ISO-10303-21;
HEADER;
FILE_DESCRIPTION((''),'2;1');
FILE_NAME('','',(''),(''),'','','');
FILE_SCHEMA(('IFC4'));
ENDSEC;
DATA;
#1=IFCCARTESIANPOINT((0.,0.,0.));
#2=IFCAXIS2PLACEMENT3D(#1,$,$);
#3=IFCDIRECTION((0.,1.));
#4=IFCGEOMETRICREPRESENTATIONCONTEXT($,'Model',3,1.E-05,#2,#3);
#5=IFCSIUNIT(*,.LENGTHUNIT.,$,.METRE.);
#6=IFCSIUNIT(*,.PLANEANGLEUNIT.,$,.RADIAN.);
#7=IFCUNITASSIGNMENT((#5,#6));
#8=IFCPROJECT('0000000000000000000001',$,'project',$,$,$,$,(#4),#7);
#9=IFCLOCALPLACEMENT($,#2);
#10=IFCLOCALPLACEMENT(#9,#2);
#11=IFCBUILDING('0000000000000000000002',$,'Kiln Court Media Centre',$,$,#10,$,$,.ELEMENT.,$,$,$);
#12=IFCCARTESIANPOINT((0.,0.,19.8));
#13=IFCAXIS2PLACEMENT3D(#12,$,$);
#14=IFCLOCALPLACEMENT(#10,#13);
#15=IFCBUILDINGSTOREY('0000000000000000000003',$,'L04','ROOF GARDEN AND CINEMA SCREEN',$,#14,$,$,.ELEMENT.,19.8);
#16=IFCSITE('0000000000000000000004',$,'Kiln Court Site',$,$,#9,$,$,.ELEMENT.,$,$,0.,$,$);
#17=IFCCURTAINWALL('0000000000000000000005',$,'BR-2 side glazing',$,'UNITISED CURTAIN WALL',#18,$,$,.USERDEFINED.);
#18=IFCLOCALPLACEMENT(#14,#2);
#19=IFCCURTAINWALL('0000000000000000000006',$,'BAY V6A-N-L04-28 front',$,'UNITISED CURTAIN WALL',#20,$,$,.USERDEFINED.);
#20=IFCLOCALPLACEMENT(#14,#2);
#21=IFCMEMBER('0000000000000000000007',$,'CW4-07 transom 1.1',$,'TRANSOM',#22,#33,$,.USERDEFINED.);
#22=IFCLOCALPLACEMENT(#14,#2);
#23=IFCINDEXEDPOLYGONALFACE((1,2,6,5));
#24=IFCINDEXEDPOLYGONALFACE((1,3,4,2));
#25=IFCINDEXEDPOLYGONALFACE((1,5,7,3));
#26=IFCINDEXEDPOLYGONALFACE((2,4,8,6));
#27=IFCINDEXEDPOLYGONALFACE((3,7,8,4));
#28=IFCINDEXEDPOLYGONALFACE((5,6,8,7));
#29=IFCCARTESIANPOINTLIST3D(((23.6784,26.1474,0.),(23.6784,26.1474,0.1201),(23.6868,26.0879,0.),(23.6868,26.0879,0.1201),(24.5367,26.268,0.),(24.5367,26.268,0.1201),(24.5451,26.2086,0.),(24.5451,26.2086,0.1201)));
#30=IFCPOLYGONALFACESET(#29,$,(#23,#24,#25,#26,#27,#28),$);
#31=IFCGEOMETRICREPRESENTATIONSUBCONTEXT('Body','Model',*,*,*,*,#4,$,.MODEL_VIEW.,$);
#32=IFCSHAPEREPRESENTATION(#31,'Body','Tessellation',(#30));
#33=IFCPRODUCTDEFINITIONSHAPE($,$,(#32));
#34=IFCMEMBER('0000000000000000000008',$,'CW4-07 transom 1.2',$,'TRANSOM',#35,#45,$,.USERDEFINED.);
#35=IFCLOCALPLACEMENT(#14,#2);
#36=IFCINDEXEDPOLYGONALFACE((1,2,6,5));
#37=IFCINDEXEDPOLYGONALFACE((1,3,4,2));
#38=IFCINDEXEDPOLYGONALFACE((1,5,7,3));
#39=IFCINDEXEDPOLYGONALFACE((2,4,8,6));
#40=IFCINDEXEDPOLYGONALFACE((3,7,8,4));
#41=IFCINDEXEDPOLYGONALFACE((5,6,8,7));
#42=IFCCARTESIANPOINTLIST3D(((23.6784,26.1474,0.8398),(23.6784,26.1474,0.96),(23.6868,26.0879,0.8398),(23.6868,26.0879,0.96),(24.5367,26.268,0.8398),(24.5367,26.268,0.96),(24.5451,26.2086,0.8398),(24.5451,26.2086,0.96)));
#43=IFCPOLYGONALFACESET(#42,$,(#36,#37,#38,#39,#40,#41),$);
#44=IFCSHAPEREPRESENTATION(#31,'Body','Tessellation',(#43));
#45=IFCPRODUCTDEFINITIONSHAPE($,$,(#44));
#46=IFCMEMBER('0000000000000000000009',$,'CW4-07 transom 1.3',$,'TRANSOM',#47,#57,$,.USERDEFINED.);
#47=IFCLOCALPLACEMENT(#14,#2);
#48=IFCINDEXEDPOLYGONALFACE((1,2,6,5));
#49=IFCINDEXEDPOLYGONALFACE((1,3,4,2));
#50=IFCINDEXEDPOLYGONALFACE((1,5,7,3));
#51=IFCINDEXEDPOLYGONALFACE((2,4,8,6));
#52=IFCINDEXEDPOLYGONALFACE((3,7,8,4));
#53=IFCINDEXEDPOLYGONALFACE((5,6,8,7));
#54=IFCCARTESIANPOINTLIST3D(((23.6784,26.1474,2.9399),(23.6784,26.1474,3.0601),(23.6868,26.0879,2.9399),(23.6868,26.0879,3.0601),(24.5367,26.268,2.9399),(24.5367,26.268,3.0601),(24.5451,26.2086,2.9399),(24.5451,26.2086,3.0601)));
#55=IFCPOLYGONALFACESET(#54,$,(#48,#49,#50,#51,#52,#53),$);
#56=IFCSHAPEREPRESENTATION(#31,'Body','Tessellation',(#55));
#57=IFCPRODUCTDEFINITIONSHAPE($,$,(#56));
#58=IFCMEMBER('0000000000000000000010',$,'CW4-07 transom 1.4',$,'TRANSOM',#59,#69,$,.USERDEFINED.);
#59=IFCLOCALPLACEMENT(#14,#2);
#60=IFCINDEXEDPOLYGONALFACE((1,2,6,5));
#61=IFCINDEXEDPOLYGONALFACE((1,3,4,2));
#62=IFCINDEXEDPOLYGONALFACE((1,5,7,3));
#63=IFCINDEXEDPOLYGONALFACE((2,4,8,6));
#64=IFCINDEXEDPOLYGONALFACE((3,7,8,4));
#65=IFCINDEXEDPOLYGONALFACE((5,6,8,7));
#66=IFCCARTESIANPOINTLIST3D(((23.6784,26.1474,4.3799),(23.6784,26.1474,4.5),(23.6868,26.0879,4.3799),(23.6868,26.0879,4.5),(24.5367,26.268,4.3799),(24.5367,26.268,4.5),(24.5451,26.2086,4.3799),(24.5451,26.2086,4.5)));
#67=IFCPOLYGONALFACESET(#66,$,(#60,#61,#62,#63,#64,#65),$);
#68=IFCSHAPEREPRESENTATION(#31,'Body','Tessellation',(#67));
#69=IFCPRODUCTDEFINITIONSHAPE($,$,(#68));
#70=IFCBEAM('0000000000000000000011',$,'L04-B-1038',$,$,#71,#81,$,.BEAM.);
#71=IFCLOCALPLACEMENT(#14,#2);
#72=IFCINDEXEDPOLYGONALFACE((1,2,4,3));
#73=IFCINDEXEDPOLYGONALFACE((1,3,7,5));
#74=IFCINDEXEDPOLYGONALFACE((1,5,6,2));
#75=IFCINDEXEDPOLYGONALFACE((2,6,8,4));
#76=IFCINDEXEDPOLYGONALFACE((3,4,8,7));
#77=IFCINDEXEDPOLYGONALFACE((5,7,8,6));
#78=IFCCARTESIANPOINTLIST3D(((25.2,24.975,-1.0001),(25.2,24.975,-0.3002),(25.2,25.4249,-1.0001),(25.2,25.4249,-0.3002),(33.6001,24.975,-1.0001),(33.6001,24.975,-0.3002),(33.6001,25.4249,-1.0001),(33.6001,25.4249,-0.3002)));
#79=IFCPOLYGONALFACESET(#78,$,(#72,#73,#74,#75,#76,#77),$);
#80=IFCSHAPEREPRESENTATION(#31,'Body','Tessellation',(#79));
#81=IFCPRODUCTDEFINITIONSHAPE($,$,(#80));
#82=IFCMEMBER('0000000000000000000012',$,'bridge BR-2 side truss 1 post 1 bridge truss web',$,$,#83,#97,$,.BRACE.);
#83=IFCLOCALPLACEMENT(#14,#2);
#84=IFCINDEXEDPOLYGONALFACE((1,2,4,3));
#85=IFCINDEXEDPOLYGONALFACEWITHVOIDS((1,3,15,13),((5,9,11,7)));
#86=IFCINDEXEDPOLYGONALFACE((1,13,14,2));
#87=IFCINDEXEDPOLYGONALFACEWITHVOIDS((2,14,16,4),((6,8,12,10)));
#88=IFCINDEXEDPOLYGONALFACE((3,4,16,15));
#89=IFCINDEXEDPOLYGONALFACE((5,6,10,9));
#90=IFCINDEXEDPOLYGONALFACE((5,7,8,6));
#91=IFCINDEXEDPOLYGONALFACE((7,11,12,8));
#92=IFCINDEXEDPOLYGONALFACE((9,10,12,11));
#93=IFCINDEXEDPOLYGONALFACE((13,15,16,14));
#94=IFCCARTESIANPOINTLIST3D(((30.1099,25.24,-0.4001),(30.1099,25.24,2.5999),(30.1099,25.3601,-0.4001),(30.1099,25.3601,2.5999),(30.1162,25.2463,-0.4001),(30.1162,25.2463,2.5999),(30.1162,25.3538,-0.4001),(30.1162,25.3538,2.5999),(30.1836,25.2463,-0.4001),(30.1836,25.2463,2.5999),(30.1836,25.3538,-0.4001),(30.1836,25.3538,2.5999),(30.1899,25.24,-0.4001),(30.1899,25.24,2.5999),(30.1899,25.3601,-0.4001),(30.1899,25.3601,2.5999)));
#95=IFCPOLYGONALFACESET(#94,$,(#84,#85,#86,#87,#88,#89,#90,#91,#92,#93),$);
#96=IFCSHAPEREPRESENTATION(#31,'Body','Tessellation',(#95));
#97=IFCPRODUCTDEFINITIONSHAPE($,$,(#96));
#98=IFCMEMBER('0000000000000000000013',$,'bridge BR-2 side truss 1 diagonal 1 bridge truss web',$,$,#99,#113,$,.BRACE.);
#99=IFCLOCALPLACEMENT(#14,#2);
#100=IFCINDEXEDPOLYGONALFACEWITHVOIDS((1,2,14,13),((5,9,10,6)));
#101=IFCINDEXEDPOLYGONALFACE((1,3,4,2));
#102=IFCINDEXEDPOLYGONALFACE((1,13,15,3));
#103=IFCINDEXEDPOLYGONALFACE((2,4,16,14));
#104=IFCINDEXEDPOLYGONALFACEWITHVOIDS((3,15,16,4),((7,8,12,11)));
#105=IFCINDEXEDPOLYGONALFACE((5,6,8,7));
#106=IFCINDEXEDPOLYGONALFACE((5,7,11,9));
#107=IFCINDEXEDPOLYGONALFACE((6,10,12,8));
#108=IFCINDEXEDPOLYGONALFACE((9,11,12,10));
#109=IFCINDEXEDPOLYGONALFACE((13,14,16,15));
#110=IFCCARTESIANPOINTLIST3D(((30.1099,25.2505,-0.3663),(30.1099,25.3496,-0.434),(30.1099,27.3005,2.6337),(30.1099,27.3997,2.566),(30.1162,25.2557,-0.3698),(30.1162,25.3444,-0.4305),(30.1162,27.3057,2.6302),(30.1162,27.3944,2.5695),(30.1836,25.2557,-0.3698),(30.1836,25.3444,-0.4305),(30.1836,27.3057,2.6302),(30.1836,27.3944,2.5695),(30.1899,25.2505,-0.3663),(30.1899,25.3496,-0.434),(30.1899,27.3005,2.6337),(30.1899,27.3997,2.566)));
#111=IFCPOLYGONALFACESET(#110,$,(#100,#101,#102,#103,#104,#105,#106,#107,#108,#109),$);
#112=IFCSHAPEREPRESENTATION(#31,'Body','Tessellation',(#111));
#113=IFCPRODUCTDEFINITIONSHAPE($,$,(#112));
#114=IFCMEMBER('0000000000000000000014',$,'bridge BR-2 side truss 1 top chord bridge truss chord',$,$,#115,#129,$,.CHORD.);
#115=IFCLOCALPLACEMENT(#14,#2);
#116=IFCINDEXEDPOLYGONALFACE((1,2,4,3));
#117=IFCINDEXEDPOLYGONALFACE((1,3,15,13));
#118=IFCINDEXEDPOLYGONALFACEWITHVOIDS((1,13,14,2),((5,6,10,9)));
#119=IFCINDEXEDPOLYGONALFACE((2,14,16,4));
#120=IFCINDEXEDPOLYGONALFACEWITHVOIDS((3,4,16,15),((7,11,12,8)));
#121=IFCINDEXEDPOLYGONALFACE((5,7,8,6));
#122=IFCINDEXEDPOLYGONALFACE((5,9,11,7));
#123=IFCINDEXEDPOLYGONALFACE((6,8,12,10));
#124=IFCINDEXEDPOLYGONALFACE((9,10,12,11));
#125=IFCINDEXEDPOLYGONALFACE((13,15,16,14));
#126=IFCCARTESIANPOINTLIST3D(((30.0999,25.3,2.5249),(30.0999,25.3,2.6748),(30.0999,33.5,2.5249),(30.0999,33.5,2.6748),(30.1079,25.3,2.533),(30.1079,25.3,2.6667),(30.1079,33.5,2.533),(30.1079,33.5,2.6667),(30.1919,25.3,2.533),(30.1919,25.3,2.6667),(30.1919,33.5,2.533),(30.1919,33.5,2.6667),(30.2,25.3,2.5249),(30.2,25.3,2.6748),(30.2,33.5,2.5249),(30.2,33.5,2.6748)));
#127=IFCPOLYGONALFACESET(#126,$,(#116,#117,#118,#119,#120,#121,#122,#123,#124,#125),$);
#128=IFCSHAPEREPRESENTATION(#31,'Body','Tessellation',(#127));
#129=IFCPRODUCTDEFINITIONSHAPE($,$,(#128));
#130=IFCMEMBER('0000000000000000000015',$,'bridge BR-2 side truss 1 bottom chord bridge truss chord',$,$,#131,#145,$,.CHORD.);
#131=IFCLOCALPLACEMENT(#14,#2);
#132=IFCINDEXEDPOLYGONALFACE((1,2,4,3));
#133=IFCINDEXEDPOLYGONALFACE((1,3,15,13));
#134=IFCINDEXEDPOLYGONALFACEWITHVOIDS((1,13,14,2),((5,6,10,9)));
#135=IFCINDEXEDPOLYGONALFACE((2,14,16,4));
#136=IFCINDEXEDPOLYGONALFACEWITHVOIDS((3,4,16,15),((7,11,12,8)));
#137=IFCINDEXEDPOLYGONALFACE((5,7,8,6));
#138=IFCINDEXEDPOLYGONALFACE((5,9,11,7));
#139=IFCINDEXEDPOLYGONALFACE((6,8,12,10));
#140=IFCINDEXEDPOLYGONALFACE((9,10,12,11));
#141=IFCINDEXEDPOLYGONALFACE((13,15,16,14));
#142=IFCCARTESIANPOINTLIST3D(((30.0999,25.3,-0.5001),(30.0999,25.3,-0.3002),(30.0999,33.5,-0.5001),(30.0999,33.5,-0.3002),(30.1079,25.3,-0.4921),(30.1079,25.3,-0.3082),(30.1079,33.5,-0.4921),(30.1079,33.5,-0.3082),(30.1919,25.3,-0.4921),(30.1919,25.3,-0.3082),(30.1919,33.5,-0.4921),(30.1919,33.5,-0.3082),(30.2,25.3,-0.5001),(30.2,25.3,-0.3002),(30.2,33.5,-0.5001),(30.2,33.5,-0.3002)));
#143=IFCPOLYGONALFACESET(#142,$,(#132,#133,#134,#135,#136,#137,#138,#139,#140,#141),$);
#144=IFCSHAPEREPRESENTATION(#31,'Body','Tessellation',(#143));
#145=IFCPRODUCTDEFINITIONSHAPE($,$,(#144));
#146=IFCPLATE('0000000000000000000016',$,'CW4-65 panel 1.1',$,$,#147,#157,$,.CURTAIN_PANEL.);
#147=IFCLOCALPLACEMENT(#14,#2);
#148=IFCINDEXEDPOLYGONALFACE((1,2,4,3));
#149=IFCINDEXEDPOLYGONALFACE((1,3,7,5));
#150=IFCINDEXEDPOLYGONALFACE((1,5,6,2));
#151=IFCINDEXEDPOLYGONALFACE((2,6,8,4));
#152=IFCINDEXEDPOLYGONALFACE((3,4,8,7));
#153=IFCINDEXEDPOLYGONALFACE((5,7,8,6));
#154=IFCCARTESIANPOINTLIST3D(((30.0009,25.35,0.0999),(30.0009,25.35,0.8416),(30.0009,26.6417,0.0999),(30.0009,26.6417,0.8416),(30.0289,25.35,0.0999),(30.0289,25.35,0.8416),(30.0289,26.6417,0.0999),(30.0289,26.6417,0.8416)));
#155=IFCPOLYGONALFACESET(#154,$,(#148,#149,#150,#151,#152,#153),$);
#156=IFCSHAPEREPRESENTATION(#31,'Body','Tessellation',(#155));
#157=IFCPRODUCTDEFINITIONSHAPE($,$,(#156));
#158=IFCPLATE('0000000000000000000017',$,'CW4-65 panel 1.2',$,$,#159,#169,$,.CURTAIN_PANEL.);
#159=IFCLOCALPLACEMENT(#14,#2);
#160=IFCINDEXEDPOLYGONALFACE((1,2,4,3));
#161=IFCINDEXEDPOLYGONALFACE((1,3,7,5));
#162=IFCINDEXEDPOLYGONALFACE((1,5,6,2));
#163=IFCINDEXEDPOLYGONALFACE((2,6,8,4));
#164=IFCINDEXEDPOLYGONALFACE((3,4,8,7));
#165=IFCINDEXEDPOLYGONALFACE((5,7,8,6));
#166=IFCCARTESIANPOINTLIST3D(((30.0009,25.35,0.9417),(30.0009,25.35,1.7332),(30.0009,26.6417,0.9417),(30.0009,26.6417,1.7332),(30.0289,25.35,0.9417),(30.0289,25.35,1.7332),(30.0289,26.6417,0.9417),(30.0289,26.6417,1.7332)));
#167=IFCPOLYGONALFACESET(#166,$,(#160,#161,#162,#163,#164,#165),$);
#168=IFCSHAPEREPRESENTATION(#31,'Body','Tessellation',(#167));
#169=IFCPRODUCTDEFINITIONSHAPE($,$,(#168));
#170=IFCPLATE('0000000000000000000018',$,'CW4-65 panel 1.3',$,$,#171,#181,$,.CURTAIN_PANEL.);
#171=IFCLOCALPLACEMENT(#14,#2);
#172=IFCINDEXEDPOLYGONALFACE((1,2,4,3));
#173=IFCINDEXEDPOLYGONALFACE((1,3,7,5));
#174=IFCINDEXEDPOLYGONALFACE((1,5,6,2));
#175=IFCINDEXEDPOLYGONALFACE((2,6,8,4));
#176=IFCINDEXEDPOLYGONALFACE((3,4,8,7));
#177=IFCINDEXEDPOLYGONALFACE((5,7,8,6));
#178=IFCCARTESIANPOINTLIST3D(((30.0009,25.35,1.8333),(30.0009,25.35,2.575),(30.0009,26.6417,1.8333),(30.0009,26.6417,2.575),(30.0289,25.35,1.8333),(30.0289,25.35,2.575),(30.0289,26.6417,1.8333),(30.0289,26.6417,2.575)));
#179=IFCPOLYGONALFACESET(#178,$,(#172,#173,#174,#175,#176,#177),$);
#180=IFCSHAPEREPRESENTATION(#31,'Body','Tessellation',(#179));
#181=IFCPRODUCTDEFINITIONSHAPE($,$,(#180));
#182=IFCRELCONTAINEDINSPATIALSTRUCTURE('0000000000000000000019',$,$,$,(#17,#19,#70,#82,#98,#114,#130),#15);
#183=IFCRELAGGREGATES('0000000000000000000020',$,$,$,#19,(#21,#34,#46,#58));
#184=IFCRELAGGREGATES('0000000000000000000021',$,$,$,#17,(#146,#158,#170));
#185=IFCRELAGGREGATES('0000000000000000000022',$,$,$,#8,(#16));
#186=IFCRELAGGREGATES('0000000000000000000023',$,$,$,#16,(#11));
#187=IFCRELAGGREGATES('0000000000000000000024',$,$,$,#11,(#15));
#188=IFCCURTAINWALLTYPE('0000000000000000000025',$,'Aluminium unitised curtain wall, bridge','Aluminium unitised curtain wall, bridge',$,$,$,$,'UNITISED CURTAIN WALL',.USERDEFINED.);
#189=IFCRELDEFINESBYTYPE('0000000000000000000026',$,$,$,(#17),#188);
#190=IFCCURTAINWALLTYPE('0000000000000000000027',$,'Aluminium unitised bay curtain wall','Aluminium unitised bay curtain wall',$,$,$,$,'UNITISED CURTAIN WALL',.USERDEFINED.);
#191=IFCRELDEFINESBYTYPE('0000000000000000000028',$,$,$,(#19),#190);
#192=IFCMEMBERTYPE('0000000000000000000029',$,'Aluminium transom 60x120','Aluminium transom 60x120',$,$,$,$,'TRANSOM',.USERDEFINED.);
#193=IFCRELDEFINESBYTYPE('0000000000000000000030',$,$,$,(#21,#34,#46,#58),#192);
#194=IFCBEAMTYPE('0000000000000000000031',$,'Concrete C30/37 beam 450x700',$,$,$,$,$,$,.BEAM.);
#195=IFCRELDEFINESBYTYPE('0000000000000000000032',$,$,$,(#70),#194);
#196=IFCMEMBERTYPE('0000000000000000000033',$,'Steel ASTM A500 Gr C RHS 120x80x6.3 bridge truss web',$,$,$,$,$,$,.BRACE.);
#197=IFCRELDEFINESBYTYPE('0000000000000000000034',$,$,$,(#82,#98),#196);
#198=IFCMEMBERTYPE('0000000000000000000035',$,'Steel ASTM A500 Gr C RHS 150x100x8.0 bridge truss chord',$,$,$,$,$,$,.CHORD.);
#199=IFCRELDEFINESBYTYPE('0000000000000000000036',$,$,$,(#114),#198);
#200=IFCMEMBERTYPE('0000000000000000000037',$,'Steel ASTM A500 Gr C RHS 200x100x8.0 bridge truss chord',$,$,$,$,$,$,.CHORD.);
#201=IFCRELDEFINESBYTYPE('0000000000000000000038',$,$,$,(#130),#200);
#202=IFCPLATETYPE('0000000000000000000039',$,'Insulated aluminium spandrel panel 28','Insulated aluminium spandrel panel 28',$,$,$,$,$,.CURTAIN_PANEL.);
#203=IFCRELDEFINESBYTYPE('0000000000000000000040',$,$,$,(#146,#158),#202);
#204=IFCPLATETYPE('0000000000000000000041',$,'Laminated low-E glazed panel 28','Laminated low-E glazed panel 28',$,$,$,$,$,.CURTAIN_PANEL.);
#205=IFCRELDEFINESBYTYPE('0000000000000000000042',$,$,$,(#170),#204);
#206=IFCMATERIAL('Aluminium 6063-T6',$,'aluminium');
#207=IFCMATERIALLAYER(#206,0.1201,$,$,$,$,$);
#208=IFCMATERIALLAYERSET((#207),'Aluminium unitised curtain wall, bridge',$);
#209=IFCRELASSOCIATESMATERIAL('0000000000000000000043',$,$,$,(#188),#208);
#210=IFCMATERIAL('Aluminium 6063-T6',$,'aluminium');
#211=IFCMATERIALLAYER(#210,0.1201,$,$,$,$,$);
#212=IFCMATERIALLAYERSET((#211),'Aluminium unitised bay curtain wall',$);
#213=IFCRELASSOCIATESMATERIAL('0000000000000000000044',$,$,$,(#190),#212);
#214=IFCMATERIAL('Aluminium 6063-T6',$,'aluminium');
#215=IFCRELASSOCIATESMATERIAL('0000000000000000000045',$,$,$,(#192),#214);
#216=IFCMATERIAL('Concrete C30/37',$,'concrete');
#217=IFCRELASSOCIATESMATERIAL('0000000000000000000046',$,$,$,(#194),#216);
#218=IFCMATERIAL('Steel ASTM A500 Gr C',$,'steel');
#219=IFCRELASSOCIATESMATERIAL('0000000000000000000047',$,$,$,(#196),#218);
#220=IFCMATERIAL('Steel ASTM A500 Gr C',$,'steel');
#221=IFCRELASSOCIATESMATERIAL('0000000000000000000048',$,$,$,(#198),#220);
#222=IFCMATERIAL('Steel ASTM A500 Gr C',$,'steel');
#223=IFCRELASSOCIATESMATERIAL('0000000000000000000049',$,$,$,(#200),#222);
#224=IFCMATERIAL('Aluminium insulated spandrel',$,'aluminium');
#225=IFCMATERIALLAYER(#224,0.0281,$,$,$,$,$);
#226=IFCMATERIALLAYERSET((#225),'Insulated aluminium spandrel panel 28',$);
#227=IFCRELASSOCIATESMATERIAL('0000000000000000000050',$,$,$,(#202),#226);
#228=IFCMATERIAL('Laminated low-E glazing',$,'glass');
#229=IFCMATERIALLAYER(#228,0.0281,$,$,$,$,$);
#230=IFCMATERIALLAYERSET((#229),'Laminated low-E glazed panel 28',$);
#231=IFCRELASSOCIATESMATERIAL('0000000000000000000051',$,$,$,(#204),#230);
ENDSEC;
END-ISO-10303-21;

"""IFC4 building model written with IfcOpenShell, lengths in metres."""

from ifc_helpers import new_model, si_unit, direction, frame, origin, origin_2d, place, context, subcontext, project, spatial, rectangle, hollow_rectangle, extrude, material, layer, layer_set, material_profile, profile_set, type_object, element, aggregate, save


model = new_model("IFC4")

# Units and contexts
model_context = context("Model", 3, precision=1e-05, world=origin(), true_north=direction((0.0, 1.0)))
body_context = subcontext(model_context, "Body", "Model", "MODEL_VIEW")
ifc_project = project(units=[si_unit("LENGTHUNIT", "METRE"), si_unit("PLANEANGLEUNIT", "RADIAN")], contexts=[model_context])

# Site, building, storey
site_placement = place(None, origin())
site = spatial("IfcSite", under=ifc_project, at=site_placement, Name="Kiln Court Site", CompositionType="ELEMENT", RefElevation=0.0)
building_placement = place(site_placement, origin())
building = spatial("IfcBuilding", under=site, at=building_placement, Name="Kiln Court Media Centre", CompositionType="ELEMENT")
storey_placement = place(building_placement, frame((0.0, 0.0, 19.8)))
storey = spatial("IfcBuildingStorey", under=building, at=storey_placement, Name="L04", Description="ROOF GARDEN AND CINEMA SCREEN", CompositionType="ELEMENT", Elevation=19.8)

# Curtain wall
ifc_material_1 = material(Name="Aluminium 6063-T6", Category="aluminium")
ifc_layer_1 = layer(ifc_material_1, 0.1201)
ifc_layer_set_1 = layer_set([ifc_layer_1], Name="Aluminium unitised curtain wall, bridge")
curtain_wall_type_1 = type_object("IfcCurtainWallType", Name="Aluminium unitised curtain wall, bridge", Description="Aluminium unitised curtain wall, bridge", ElementType="UNITISED CURTAIN WALL", PredefinedType="USERDEFINED", material=ifc_layer_set_1)
curtain_wall_1_placement = place(storey_placement, origin())
curtain_wall_1 = element("IfcCurtainWall", 1, at=curtain_wall_1_placement, inside=storey, type_object=curtain_wall_type_1, Name="BR-2 side glazing", ObjectType="UNITISED CURTAIN WALL", PredefinedType="USERDEFINED")

# Curtain wall
ifc_material_2 = material(Name="Aluminium 6063-T6", Category="aluminium")
ifc_layer_2 = layer(ifc_material_2, 0.1201)
ifc_layer_set_2 = layer_set([ifc_layer_2], Name="Aluminium unitised bay curtain wall")
curtain_wall_type_2 = type_object("IfcCurtainWallType", Name="Aluminium unitised bay curtain wall", Description="Aluminium unitised bay curtain wall", ElementType="UNITISED CURTAIN WALL", PredefinedType="USERDEFINED", material=ifc_layer_set_2)
curtain_wall_2_placement = place(storey_placement, origin())
curtain_wall_2 = element("IfcCurtainWall", 2, at=curtain_wall_2_placement, inside=storey, type_object=curtain_wall_type_2, Name="BAY V6A-N-L04-28 front", ObjectType="UNITISED CURTAIN WALL", PredefinedType="USERDEFINED")

# Members
ifc_material_3 = material(Name="Aluminium 6063-T6", Category="aluminium")
ifc_material_profile_1 = material_profile(ifc_material_3, rectangle(XDim=0.0601, YDim=0.1201, at=origin_2d()), Name="Aluminium transom 60x120")
ifc_profile_set_1 = profile_set([ifc_material_profile_1], Name="Aluminium 6063-T6")
member_type_1 = type_object("IfcMemberType", Name="Aluminium transom 60x120", Description="Aluminium transom 60x120", ElementType="TRANSOM", PredefinedType="USERDEFINED", material=ifc_profile_set_1)
member_1_placement = place(storey_placement, frame((23.6826, 26.1177, 0.0601), z_axis=(0.990268, 0.139173, 0.0), x_axis=(-0.139173, 0.990268, 0.0)))
member_1 = element("IfcMember", 3, at=member_1_placement, type_object=member_type_1, Name="CW4-07 transom 1.1", ObjectType="TRANSOM", PredefinedType="USERDEFINED", context=body_context, shape_type="SweptSolid", body=[
    extrude(rectangle(XDim=0.0601, YDim=0.1201, at=origin_2d()), origin(), (0.0, 0.0, 1.0), 0.8667),
])
member_2_placement = place(storey_placement, frame((23.6826, 26.1177, 0.8999), z_axis=(0.990268, 0.139173, 0.0), x_axis=(-0.139173, 0.990268, 0.0)))
member_2 = element("IfcMember", 4, at=member_2_placement, type_object=member_type_1, Name="CW4-07 transom 1.2", ObjectType="TRANSOM", PredefinedType="USERDEFINED", context=body_context, shape_type="SweptSolid", body=[
    extrude(rectangle(XDim=0.0601, YDim=0.1201, at=origin_2d()), origin(), (0.0, 0.0, 1.0), 0.8667),
])
member_3_placement = place(storey_placement, frame((23.6826, 26.1177, 3.0), z_axis=(0.990268, 0.139173, 0.0), x_axis=(-0.139173, 0.990268, 0.0)))
member_3 = element("IfcMember", 5, at=member_3_placement, type_object=member_type_1, Name="CW4-07 transom 1.3", ObjectType="TRANSOM", PredefinedType="USERDEFINED", context=body_context, shape_type="SweptSolid", body=[
    extrude(rectangle(XDim=0.0601, YDim=0.1201, at=origin_2d()), origin(), (0.0, 0.0, 1.0), 0.8667),
])
member_4_placement = place(storey_placement, frame((23.6826, 26.1177, 4.4399), z_axis=(0.990268, 0.139173, 0.0), x_axis=(-0.139173, 0.990268, 0.0)))
member_4 = element("IfcMember", 6, at=member_4_placement, type_object=member_type_1, Name="CW4-07 transom 1.4", ObjectType="TRANSOM", PredefinedType="USERDEFINED", context=body_context, shape_type="SweptSolid", body=[
    extrude(rectangle(XDim=0.0601, YDim=0.1201, at=origin_2d()), origin(), (0.0, 0.0, 1.0), 0.8667),
])
aggregate(curtain_wall_2, [member_1, member_2, member_3, member_4])

# Beam
ifc_material_4 = material(Name="Concrete C30/37", Category="concrete")
ifc_material_profile_2 = material_profile(ifc_material_4, rectangle(XDim=0.45, YDim=0.7, at=origin_2d()), Name="RC 450x700")
ifc_profile_set_2 = profile_set([ifc_material_profile_2], Name="Concrete C30/37")
beam_type = type_object("IfcBeamType", Name="Concrete C30/37 beam 450x700", PredefinedType="BEAM", material=ifc_profile_set_2)
beam_placement = place(storey_placement, frame((25.2, 25.2, -0.6501), z_axis=(1.0, 0.0, 0.0), x_axis=(0.0, 1.0, 0.0)))
element("IfcBeam", 7, at=beam_placement, inside=storey, type_object=beam_type, Name="L04-B-1038", PredefinedType="BEAM", context=body_context, shape_type="SweptSolid", body=[
    extrude(rectangle(XDim=0.45, YDim=0.7, at=origin_2d()), origin(), (0.0, 0.0, 1.0), 8.4001),
])

# Members
ifc_material_5 = material(Name="Steel ASTM A500 Gr C", Category="steel")
ifc_material_profile_3 = material_profile(ifc_material_5, hollow_rectangle(XDim=0.0801, YDim=0.1201, WallThickness=0.0063, at=origin_2d()), Name="RHS 120x80x6.3")
ifc_profile_set_3 = profile_set([ifc_material_profile_3], Name="Steel ASTM A500 Gr C")
member_type_2 = type_object("IfcMemberType", Name="Steel ASTM A500 Gr C RHS 120x80x6.3 bridge truss web", PredefinedType="BRACE", material=ifc_profile_set_3)
member_5_placement = place(storey_placement, frame((30.1499, 25.3, -0.4001), z_axis=(0.0, 0.0, 1.0), x_axis=(1.0, 0.0, 0.0)))
element("IfcMember", 8, at=member_5_placement, inside=storey, type_object=member_type_2, Name="bridge BR-2 side truss 1 post 1 bridge truss web", PredefinedType="BRACE", context=body_context, shape_type="SweptSolid", body=[
    extrude(hollow_rectangle(XDim=0.0801, YDim=0.1201, WallThickness=0.0063, at=origin_2d()), origin(), (0.0, 0.0, 1.0), 3.0),
])
member_6_placement = place(storey_placement, frame((30.1499, 25.3, -0.4001), z_axis=(0.0, 0.5642, 0.825638), x_axis=(-1.0, 0.0, 0.0)))
element("IfcMember", 9, at=member_6_placement, inside=storey, type_object=member_type_2, Name="bridge BR-2 side truss 1 diagonal 1 bridge truss web", PredefinedType="BRACE", context=body_context, shape_type="SweptSolid", body=[
    extrude(hollow_rectangle(XDim=0.0801, YDim=0.1201, WallThickness=0.0063, at=origin_2d()), origin(), (0.0, 0.0, 1.0), 3.6335),
])
ifc_material_6 = material(Name="Steel ASTM A500 Gr C", Category="steel")
ifc_material_profile_4 = material_profile(ifc_material_6, hollow_rectangle(XDim=0.1001, YDim=0.1499, WallThickness=0.0081, at=origin_2d()), Name="RHS 150x100x8.0")
ifc_profile_set_4 = profile_set([ifc_material_profile_4], Name="Steel ASTM A500 Gr C")
member_type_3 = type_object("IfcMemberType", Name="Steel ASTM A500 Gr C RHS 150x100x8.0 bridge truss chord", PredefinedType="CHORD", material=ifc_profile_set_4)
member_7_placement = place(storey_placement, frame((30.1499, 25.3, 2.5999), z_axis=(0.0, 1.0, 0.0), x_axis=(-1.0, 0.0, 0.0)))
element("IfcMember", 10, at=member_7_placement, inside=storey, type_object=member_type_3, Name="bridge BR-2 side truss 1 top chord bridge truss chord", PredefinedType="CHORD", context=body_context, shape_type="SweptSolid", body=[
    extrude(hollow_rectangle(XDim=0.1001, YDim=0.1499, WallThickness=0.0081, at=origin_2d()), origin(), (0.0, 0.0, 1.0), 8.2),
])
ifc_material_7 = material(Name="Steel ASTM A500 Gr C", Category="steel")
ifc_material_profile_5 = material_profile(ifc_material_7, hollow_rectangle(XDim=0.1001, YDim=0.2, WallThickness=0.0081, at=origin_2d()), Name="RHS 200x100x8.0")
ifc_profile_set_5 = profile_set([ifc_material_profile_5], Name="Steel ASTM A500 Gr C")
member_type_4 = type_object("IfcMemberType", Name="Steel ASTM A500 Gr C RHS 200x100x8.0 bridge truss chord", PredefinedType="CHORD", material=ifc_profile_set_5)
member_8_placement = place(storey_placement, frame((30.1499, 25.3, -0.4001), z_axis=(0.0, 1.0, 0.0), x_axis=(-1.0, 0.0, 0.0)))
element("IfcMember", 11, at=member_8_placement, inside=storey, type_object=member_type_4, Name="bridge BR-2 side truss 1 bottom chord bridge truss chord", PredefinedType="CHORD", context=body_context, shape_type="SweptSolid", body=[
    extrude(hollow_rectangle(XDim=0.1001, YDim=0.2, WallThickness=0.0081, at=origin_2d()), origin(), (0.0, 0.0, 1.0), 8.2),
])

# Plates
ifc_material_8 = material(Name="Aluminium insulated spandrel", Category="aluminium")
ifc_layer_3 = layer(ifc_material_8, 0.0281)
ifc_layer_set_3 = layer_set([ifc_layer_3], Name="Insulated aluminium spandrel panel 28")
plate_type_1 = type_object("IfcPlateType", Name="Insulated aluminium spandrel panel 28", Description="Insulated aluminium spandrel panel 28", PredefinedType="CURTAIN_PANEL", material=ifc_layer_set_3)
plate_1_placement = place(storey_placement, frame((30.0149, 25.9958, 0.0999), z_axis=(0.0, 0.0, 1.0), x_axis=(0.0, 1.0, 0.0)))
plate_1 = element("IfcPlate", 12, at=plate_1_placement, type_object=plate_type_1, Name="CW4-65 panel 1.1", PredefinedType="CURTAIN_PANEL", context=body_context, shape_type="SweptSolid", body=[
    extrude(rectangle(XDim=1.2917, YDim=0.0281, at=origin_2d()), origin(), (0.0, 0.0, 1.0), 0.7417),
])
plate_2_placement = place(storey_placement, frame((30.0149, 25.9958, 0.9417), z_axis=(0.0, 0.0, 1.0), x_axis=(0.0, 1.0, 0.0)))
plate_2 = element("IfcPlate", 13, at=plate_2_placement, type_object=plate_type_1, Name="CW4-65 panel 1.2", PredefinedType="CURTAIN_PANEL", context=body_context, shape_type="SweptSolid", body=[
    extrude(rectangle(XDim=1.2917, YDim=0.0281, at=origin_2d()), origin(), (0.0, 0.0, 1.0), 0.7915),
])
ifc_material_9 = material(Name="Laminated low-E glazing", Category="glass")
ifc_layer_4 = layer(ifc_material_9, 0.0281)
ifc_layer_set_4 = layer_set([ifc_layer_4], Name="Laminated low-E glazed panel 28")
plate_type_2 = type_object("IfcPlateType", Name="Laminated low-E glazed panel 28", Description="Laminated low-E glazed panel 28", PredefinedType="CURTAIN_PANEL", material=ifc_layer_set_4)
plate_3_placement = place(storey_placement, frame((30.0149, 25.9958, 1.8333), z_axis=(0.0, 0.0, 1.0), x_axis=(0.0, 1.0, 0.0)))
plate_3 = element("IfcPlate", 14, at=plate_3_placement, type_object=plate_type_2, Name="CW4-65 panel 1.3", PredefinedType="CURTAIN_PANEL", context=body_context, shape_type="SweptSolid", body=[
    extrude(rectangle(XDim=1.2917, YDim=0.0281, at=origin_2d()), origin(), (0.0, 0.0, 1.0), 0.7417),
])
aggregate(curtain_wall_1, [plate_1, plate_2, plate_3])

save(model, "model.ifc")
